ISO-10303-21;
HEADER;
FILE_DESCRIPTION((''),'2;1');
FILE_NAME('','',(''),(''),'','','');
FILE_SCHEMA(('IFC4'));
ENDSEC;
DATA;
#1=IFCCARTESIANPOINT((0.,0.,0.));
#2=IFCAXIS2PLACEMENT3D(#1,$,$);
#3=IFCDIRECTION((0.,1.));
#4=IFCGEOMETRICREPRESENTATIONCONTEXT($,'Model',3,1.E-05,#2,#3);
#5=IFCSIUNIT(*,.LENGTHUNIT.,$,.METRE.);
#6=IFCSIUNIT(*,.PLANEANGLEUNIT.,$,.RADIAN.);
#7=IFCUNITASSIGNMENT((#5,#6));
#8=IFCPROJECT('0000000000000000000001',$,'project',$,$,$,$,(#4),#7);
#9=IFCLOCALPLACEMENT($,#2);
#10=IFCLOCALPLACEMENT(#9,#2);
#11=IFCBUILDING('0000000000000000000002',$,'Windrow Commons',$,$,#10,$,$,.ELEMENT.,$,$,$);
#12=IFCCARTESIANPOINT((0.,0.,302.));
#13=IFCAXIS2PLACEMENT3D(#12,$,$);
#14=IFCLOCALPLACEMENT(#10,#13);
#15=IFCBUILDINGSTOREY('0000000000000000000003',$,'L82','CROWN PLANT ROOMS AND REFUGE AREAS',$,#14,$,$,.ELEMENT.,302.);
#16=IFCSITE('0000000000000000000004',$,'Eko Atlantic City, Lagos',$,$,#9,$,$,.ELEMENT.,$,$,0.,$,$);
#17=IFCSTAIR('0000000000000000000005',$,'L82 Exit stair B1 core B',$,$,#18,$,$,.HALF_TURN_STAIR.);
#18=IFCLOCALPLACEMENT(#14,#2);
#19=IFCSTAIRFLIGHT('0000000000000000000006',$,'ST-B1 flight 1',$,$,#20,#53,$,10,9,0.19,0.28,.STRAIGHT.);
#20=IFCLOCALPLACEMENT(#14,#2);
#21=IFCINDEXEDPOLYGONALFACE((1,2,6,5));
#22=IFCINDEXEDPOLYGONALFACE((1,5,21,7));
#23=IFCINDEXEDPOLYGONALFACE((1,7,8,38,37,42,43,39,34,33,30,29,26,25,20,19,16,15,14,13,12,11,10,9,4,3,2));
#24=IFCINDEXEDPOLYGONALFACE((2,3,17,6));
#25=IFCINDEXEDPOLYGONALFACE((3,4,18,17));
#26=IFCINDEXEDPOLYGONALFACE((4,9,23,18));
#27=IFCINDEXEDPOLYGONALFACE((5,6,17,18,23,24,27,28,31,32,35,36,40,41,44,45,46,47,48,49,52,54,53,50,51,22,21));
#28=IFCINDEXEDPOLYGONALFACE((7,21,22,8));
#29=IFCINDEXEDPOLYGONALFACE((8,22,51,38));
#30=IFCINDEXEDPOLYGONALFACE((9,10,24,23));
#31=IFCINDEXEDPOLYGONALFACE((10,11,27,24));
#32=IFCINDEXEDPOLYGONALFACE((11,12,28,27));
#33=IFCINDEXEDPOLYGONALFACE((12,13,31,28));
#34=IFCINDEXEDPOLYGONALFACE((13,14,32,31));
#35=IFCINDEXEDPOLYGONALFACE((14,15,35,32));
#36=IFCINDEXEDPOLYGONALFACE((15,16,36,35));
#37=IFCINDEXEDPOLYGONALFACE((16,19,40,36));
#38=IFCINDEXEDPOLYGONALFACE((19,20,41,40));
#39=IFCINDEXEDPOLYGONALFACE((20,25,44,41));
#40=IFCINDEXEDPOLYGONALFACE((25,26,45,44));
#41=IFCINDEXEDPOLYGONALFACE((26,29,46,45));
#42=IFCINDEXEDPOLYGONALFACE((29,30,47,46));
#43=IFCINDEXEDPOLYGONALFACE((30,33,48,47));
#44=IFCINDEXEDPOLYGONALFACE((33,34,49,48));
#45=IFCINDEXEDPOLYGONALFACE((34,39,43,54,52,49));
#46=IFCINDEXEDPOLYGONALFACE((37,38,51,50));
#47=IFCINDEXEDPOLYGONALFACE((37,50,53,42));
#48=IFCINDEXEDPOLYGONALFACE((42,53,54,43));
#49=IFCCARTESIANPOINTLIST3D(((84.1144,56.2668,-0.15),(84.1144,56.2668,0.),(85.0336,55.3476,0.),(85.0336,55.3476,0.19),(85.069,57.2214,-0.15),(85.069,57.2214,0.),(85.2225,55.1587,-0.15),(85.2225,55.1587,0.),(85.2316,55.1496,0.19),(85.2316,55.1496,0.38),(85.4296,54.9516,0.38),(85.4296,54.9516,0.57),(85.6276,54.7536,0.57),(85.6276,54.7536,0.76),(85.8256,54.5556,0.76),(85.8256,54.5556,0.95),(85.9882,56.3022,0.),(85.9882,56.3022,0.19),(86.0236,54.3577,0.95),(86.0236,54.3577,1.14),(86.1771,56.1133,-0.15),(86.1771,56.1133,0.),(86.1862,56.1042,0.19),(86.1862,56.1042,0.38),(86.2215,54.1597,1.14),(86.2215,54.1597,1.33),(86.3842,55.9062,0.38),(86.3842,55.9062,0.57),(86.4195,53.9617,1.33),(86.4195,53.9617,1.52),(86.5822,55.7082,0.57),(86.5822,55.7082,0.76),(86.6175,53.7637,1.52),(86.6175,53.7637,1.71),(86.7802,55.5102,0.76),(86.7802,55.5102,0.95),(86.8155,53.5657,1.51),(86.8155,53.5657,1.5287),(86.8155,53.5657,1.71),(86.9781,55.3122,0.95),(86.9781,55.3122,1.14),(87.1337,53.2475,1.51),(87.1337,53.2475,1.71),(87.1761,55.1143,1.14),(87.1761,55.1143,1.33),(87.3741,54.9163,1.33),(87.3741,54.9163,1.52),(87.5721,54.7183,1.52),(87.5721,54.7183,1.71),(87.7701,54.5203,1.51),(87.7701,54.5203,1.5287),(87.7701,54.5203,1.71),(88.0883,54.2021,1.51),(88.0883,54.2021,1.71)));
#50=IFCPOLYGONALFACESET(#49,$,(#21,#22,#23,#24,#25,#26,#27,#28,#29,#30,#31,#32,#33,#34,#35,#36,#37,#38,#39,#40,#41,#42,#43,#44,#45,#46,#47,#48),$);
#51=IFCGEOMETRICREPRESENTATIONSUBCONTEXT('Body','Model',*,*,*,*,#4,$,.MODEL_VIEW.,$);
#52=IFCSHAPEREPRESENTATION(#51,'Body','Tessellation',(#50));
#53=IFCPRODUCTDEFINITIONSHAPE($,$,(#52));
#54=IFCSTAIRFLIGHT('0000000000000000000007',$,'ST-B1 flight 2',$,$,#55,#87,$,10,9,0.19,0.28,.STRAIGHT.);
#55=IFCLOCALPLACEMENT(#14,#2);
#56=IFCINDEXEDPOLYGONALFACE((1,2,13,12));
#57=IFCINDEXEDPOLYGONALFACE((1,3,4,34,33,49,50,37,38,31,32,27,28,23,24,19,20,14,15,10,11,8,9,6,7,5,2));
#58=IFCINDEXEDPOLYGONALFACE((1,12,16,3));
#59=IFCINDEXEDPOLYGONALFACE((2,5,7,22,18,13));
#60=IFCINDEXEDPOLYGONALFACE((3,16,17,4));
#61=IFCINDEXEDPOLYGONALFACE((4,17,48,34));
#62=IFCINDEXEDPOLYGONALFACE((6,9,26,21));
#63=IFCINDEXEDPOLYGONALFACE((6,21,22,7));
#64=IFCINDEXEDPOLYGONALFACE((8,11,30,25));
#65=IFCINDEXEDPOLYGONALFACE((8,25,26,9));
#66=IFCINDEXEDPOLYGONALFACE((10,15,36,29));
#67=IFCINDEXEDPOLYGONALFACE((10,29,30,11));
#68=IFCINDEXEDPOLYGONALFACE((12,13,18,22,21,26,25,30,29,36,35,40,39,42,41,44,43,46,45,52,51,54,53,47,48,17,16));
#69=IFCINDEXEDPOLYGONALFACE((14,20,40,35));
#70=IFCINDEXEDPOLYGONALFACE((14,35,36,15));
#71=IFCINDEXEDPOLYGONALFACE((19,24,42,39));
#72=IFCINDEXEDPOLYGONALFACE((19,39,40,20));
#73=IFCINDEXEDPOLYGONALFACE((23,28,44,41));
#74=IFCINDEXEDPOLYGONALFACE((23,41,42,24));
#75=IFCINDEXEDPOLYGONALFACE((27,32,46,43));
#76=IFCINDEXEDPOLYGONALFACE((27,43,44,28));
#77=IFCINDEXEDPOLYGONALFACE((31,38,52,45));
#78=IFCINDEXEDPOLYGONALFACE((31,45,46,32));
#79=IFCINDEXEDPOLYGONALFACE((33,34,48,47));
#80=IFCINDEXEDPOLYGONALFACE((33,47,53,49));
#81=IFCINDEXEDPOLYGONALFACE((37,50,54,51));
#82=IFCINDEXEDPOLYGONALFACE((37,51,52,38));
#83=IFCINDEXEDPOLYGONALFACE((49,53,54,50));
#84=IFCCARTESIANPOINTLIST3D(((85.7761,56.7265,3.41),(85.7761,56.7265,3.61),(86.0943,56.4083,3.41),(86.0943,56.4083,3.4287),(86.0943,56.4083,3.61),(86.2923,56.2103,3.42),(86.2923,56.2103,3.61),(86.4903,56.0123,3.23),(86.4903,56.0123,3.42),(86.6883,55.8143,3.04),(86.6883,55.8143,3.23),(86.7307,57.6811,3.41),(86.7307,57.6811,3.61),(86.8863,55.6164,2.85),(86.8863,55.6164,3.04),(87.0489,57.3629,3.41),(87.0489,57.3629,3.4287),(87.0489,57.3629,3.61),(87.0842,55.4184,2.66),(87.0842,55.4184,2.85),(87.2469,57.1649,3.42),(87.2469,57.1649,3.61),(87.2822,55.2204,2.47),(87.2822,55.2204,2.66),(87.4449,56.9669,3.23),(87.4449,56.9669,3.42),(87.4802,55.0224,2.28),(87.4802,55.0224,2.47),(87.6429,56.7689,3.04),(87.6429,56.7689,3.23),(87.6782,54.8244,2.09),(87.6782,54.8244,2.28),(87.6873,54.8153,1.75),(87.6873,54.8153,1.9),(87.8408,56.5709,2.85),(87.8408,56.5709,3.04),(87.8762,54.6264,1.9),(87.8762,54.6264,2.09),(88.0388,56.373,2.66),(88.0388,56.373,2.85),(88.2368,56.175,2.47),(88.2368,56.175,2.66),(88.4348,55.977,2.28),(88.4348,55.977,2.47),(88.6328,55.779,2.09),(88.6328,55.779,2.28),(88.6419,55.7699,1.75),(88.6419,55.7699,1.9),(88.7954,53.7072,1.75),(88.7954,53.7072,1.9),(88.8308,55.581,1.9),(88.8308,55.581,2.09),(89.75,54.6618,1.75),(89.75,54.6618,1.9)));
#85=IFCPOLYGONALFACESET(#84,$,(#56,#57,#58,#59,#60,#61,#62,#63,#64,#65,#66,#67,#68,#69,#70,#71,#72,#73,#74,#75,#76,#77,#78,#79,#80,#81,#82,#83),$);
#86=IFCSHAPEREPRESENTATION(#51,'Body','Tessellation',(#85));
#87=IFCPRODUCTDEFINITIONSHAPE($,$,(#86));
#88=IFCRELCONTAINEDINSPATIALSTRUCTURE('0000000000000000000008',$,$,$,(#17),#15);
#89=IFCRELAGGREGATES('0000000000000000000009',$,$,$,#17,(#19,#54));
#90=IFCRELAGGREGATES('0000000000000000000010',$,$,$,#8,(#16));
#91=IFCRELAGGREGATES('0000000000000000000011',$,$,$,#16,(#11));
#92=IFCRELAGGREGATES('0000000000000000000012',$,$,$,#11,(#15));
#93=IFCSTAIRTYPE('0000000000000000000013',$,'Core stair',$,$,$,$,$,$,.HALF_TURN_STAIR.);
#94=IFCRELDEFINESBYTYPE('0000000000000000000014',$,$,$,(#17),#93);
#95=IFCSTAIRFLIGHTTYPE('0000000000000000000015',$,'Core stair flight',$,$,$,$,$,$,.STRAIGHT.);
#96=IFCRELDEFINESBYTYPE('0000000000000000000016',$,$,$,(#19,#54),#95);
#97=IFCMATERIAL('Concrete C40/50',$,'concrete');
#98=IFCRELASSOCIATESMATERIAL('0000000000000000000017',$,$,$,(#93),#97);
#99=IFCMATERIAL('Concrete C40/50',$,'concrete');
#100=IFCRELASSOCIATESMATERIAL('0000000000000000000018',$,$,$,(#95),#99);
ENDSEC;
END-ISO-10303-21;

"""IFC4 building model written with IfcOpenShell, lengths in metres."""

from ifc_helpers import new_model, si_unit, direction, frame, origin, place, context, subcontext, project, spatial, polyline, outline, extrude, material, type_object, element, aggregate, save


model = new_model("IFC4")

# Units and contexts
model_context = context("Model", 3, precision=1e-05, world=origin(), true_north=direction((0.0, 1.0)))
body_context = subcontext(model_context, "Body", "Model", "MODEL_VIEW")
ifc_project = project(units=[si_unit("LENGTHUNIT", "METRE"), si_unit("PLANEANGLEUNIT", "RADIAN")], contexts=[model_context])

# Site, building, storey
site_placement = place(None, origin())
site = spatial("IfcSite", under=ifc_project, at=site_placement, Name="Eko Atlantic City, Lagos", CompositionType="ELEMENT", RefElevation=0.0)
building_placement = place(site_placement, origin())
building = spatial("IfcBuilding", under=site, at=building_placement, Name="Windrow Commons", CompositionType="ELEMENT")
storey_placement = place(building_placement, frame((0.0, 0.0, 302.0)))
storey = spatial("IfcBuildingStorey", under=building, at=storey_placement, Name="L82", Description="CROWN PLANT ROOMS AND REFUGE AREAS", CompositionType="ELEMENT", Elevation=302.0)

# Stair, stair flights
ifc_material_1 = material(Name="Concrete C40/50", Category="concrete")
stair_type = type_object("IfcStairType", Name="Core stair", PredefinedType="HALF_TURN_STAIR", material=ifc_material_1)
stair_placement = place(storey_placement, origin())
stair = element("IfcStair", 1, at=stair_placement, inside=storey, type_object=stair_type, Name="L82 Exit stair B1 core B", PredefinedType="HALF_TURN_STAIR")
ifc_material_2 = material(Name="Concrete C40/50", Category="concrete")
stair_flight_type = type_object("IfcStairFlightType", Name="Core stair flight", PredefinedType="STRAIGHT", material=ifc_material_2)
stair_flight_1_placement = place(storey_placement, frame((85.5109, 55.8249, 0.0), z_axis=(0.0, 0.0, 1.0), x_axis=(0.707107, -0.707107, 0.0)))
stair_flight_1 = element("IfcStairFlight", 2, at=stair_flight_1_placement, type_object=stair_flight_type, Name="ST-B1 flight 1", NumberOfRisers=10, NumberOfTreads=9, PredefinedType="STRAIGHT", RiserHeight=0.19, TreadLength=0.28, context=body_context, shape_type="SweptSolid", body=[
    extrude(outline(polyline([(-1.3, -0.15), (-1.3, 0.0), (0.0, 0.0), (0.0, 0.19), (0.28, 0.19), (0.28, 0.38), (0.56, 0.38), (0.56, 0.57), (0.84, 0.57), (0.84, 0.76), (1.12, 0.76), (1.12, 0.95), (1.4, 0.95), (1.4, 1.14), (1.68, 1.14), (1.68, 1.33), (1.96, 1.33), (1.96, 1.52), (2.24, 1.52), (2.24, 1.71), (2.52, 1.71), (2.97, 1.71), (2.97, 1.51), (2.52, 1.51), (2.52, 1.5287), (0.2671, 0.0), (0.2671, -0.15), (-1.3, -0.15)])), frame((0.0, 0.675, 0.0), z_axis=(0.0, -1.0, 0.0), x_axis=(1.0, 0.0, 0.0)), (0.0, 0.0, 1.0), 1.35),
])
stair_flight_2_placement = place(storey_placement, frame((88.3535, 55.1037, 1.9), z_axis=(0.0, 0.0, 1.0), x_axis=(-0.707107, 0.707107, 0.0)))
stair_flight_2 = element("IfcStairFlight", 3, at=stair_flight_2_placement, type_object=stair_flight_type, Name="ST-B1 flight 2", NumberOfRisers=10, NumberOfTreads=9, PredefinedType="STRAIGHT", RiserHeight=0.19, TreadLength=0.28, context=body_context, shape_type="SweptSolid", body=[
    extrude(outline(polyline([(-1.3, -0.15), (-1.3, 0.0), (0.0, 0.0), (0.0, 0.19), (0.28, 0.19), (0.28, 0.38), (0.56, 0.38), (0.56, 0.57), (0.84, 0.57), (0.84, 0.76), (1.12, 0.76), (1.12, 0.95), (1.4, 0.95), (1.4, 1.14), (1.68, 1.14), (1.68, 1.33), (1.96, 1.33), (1.96, 1.52), (2.24, 1.52), (2.24, 1.71), (2.52, 1.71), (2.97, 1.71), (2.97, 1.51), (2.52, 1.51), (2.52, 1.5287), (0.2671, 0.0), (0.2671, -0.15), (-1.3, -0.15)])), frame((0.0, 0.675, 0.0), z_axis=(0.0, -1.0, 0.0), x_axis=(1.0, 0.0, 0.0)), (0.0, 0.0, 1.0), 1.35),
])
aggregate(stair, [stair_flight_1, stair_flight_2])

save(model, "model.ifc")
